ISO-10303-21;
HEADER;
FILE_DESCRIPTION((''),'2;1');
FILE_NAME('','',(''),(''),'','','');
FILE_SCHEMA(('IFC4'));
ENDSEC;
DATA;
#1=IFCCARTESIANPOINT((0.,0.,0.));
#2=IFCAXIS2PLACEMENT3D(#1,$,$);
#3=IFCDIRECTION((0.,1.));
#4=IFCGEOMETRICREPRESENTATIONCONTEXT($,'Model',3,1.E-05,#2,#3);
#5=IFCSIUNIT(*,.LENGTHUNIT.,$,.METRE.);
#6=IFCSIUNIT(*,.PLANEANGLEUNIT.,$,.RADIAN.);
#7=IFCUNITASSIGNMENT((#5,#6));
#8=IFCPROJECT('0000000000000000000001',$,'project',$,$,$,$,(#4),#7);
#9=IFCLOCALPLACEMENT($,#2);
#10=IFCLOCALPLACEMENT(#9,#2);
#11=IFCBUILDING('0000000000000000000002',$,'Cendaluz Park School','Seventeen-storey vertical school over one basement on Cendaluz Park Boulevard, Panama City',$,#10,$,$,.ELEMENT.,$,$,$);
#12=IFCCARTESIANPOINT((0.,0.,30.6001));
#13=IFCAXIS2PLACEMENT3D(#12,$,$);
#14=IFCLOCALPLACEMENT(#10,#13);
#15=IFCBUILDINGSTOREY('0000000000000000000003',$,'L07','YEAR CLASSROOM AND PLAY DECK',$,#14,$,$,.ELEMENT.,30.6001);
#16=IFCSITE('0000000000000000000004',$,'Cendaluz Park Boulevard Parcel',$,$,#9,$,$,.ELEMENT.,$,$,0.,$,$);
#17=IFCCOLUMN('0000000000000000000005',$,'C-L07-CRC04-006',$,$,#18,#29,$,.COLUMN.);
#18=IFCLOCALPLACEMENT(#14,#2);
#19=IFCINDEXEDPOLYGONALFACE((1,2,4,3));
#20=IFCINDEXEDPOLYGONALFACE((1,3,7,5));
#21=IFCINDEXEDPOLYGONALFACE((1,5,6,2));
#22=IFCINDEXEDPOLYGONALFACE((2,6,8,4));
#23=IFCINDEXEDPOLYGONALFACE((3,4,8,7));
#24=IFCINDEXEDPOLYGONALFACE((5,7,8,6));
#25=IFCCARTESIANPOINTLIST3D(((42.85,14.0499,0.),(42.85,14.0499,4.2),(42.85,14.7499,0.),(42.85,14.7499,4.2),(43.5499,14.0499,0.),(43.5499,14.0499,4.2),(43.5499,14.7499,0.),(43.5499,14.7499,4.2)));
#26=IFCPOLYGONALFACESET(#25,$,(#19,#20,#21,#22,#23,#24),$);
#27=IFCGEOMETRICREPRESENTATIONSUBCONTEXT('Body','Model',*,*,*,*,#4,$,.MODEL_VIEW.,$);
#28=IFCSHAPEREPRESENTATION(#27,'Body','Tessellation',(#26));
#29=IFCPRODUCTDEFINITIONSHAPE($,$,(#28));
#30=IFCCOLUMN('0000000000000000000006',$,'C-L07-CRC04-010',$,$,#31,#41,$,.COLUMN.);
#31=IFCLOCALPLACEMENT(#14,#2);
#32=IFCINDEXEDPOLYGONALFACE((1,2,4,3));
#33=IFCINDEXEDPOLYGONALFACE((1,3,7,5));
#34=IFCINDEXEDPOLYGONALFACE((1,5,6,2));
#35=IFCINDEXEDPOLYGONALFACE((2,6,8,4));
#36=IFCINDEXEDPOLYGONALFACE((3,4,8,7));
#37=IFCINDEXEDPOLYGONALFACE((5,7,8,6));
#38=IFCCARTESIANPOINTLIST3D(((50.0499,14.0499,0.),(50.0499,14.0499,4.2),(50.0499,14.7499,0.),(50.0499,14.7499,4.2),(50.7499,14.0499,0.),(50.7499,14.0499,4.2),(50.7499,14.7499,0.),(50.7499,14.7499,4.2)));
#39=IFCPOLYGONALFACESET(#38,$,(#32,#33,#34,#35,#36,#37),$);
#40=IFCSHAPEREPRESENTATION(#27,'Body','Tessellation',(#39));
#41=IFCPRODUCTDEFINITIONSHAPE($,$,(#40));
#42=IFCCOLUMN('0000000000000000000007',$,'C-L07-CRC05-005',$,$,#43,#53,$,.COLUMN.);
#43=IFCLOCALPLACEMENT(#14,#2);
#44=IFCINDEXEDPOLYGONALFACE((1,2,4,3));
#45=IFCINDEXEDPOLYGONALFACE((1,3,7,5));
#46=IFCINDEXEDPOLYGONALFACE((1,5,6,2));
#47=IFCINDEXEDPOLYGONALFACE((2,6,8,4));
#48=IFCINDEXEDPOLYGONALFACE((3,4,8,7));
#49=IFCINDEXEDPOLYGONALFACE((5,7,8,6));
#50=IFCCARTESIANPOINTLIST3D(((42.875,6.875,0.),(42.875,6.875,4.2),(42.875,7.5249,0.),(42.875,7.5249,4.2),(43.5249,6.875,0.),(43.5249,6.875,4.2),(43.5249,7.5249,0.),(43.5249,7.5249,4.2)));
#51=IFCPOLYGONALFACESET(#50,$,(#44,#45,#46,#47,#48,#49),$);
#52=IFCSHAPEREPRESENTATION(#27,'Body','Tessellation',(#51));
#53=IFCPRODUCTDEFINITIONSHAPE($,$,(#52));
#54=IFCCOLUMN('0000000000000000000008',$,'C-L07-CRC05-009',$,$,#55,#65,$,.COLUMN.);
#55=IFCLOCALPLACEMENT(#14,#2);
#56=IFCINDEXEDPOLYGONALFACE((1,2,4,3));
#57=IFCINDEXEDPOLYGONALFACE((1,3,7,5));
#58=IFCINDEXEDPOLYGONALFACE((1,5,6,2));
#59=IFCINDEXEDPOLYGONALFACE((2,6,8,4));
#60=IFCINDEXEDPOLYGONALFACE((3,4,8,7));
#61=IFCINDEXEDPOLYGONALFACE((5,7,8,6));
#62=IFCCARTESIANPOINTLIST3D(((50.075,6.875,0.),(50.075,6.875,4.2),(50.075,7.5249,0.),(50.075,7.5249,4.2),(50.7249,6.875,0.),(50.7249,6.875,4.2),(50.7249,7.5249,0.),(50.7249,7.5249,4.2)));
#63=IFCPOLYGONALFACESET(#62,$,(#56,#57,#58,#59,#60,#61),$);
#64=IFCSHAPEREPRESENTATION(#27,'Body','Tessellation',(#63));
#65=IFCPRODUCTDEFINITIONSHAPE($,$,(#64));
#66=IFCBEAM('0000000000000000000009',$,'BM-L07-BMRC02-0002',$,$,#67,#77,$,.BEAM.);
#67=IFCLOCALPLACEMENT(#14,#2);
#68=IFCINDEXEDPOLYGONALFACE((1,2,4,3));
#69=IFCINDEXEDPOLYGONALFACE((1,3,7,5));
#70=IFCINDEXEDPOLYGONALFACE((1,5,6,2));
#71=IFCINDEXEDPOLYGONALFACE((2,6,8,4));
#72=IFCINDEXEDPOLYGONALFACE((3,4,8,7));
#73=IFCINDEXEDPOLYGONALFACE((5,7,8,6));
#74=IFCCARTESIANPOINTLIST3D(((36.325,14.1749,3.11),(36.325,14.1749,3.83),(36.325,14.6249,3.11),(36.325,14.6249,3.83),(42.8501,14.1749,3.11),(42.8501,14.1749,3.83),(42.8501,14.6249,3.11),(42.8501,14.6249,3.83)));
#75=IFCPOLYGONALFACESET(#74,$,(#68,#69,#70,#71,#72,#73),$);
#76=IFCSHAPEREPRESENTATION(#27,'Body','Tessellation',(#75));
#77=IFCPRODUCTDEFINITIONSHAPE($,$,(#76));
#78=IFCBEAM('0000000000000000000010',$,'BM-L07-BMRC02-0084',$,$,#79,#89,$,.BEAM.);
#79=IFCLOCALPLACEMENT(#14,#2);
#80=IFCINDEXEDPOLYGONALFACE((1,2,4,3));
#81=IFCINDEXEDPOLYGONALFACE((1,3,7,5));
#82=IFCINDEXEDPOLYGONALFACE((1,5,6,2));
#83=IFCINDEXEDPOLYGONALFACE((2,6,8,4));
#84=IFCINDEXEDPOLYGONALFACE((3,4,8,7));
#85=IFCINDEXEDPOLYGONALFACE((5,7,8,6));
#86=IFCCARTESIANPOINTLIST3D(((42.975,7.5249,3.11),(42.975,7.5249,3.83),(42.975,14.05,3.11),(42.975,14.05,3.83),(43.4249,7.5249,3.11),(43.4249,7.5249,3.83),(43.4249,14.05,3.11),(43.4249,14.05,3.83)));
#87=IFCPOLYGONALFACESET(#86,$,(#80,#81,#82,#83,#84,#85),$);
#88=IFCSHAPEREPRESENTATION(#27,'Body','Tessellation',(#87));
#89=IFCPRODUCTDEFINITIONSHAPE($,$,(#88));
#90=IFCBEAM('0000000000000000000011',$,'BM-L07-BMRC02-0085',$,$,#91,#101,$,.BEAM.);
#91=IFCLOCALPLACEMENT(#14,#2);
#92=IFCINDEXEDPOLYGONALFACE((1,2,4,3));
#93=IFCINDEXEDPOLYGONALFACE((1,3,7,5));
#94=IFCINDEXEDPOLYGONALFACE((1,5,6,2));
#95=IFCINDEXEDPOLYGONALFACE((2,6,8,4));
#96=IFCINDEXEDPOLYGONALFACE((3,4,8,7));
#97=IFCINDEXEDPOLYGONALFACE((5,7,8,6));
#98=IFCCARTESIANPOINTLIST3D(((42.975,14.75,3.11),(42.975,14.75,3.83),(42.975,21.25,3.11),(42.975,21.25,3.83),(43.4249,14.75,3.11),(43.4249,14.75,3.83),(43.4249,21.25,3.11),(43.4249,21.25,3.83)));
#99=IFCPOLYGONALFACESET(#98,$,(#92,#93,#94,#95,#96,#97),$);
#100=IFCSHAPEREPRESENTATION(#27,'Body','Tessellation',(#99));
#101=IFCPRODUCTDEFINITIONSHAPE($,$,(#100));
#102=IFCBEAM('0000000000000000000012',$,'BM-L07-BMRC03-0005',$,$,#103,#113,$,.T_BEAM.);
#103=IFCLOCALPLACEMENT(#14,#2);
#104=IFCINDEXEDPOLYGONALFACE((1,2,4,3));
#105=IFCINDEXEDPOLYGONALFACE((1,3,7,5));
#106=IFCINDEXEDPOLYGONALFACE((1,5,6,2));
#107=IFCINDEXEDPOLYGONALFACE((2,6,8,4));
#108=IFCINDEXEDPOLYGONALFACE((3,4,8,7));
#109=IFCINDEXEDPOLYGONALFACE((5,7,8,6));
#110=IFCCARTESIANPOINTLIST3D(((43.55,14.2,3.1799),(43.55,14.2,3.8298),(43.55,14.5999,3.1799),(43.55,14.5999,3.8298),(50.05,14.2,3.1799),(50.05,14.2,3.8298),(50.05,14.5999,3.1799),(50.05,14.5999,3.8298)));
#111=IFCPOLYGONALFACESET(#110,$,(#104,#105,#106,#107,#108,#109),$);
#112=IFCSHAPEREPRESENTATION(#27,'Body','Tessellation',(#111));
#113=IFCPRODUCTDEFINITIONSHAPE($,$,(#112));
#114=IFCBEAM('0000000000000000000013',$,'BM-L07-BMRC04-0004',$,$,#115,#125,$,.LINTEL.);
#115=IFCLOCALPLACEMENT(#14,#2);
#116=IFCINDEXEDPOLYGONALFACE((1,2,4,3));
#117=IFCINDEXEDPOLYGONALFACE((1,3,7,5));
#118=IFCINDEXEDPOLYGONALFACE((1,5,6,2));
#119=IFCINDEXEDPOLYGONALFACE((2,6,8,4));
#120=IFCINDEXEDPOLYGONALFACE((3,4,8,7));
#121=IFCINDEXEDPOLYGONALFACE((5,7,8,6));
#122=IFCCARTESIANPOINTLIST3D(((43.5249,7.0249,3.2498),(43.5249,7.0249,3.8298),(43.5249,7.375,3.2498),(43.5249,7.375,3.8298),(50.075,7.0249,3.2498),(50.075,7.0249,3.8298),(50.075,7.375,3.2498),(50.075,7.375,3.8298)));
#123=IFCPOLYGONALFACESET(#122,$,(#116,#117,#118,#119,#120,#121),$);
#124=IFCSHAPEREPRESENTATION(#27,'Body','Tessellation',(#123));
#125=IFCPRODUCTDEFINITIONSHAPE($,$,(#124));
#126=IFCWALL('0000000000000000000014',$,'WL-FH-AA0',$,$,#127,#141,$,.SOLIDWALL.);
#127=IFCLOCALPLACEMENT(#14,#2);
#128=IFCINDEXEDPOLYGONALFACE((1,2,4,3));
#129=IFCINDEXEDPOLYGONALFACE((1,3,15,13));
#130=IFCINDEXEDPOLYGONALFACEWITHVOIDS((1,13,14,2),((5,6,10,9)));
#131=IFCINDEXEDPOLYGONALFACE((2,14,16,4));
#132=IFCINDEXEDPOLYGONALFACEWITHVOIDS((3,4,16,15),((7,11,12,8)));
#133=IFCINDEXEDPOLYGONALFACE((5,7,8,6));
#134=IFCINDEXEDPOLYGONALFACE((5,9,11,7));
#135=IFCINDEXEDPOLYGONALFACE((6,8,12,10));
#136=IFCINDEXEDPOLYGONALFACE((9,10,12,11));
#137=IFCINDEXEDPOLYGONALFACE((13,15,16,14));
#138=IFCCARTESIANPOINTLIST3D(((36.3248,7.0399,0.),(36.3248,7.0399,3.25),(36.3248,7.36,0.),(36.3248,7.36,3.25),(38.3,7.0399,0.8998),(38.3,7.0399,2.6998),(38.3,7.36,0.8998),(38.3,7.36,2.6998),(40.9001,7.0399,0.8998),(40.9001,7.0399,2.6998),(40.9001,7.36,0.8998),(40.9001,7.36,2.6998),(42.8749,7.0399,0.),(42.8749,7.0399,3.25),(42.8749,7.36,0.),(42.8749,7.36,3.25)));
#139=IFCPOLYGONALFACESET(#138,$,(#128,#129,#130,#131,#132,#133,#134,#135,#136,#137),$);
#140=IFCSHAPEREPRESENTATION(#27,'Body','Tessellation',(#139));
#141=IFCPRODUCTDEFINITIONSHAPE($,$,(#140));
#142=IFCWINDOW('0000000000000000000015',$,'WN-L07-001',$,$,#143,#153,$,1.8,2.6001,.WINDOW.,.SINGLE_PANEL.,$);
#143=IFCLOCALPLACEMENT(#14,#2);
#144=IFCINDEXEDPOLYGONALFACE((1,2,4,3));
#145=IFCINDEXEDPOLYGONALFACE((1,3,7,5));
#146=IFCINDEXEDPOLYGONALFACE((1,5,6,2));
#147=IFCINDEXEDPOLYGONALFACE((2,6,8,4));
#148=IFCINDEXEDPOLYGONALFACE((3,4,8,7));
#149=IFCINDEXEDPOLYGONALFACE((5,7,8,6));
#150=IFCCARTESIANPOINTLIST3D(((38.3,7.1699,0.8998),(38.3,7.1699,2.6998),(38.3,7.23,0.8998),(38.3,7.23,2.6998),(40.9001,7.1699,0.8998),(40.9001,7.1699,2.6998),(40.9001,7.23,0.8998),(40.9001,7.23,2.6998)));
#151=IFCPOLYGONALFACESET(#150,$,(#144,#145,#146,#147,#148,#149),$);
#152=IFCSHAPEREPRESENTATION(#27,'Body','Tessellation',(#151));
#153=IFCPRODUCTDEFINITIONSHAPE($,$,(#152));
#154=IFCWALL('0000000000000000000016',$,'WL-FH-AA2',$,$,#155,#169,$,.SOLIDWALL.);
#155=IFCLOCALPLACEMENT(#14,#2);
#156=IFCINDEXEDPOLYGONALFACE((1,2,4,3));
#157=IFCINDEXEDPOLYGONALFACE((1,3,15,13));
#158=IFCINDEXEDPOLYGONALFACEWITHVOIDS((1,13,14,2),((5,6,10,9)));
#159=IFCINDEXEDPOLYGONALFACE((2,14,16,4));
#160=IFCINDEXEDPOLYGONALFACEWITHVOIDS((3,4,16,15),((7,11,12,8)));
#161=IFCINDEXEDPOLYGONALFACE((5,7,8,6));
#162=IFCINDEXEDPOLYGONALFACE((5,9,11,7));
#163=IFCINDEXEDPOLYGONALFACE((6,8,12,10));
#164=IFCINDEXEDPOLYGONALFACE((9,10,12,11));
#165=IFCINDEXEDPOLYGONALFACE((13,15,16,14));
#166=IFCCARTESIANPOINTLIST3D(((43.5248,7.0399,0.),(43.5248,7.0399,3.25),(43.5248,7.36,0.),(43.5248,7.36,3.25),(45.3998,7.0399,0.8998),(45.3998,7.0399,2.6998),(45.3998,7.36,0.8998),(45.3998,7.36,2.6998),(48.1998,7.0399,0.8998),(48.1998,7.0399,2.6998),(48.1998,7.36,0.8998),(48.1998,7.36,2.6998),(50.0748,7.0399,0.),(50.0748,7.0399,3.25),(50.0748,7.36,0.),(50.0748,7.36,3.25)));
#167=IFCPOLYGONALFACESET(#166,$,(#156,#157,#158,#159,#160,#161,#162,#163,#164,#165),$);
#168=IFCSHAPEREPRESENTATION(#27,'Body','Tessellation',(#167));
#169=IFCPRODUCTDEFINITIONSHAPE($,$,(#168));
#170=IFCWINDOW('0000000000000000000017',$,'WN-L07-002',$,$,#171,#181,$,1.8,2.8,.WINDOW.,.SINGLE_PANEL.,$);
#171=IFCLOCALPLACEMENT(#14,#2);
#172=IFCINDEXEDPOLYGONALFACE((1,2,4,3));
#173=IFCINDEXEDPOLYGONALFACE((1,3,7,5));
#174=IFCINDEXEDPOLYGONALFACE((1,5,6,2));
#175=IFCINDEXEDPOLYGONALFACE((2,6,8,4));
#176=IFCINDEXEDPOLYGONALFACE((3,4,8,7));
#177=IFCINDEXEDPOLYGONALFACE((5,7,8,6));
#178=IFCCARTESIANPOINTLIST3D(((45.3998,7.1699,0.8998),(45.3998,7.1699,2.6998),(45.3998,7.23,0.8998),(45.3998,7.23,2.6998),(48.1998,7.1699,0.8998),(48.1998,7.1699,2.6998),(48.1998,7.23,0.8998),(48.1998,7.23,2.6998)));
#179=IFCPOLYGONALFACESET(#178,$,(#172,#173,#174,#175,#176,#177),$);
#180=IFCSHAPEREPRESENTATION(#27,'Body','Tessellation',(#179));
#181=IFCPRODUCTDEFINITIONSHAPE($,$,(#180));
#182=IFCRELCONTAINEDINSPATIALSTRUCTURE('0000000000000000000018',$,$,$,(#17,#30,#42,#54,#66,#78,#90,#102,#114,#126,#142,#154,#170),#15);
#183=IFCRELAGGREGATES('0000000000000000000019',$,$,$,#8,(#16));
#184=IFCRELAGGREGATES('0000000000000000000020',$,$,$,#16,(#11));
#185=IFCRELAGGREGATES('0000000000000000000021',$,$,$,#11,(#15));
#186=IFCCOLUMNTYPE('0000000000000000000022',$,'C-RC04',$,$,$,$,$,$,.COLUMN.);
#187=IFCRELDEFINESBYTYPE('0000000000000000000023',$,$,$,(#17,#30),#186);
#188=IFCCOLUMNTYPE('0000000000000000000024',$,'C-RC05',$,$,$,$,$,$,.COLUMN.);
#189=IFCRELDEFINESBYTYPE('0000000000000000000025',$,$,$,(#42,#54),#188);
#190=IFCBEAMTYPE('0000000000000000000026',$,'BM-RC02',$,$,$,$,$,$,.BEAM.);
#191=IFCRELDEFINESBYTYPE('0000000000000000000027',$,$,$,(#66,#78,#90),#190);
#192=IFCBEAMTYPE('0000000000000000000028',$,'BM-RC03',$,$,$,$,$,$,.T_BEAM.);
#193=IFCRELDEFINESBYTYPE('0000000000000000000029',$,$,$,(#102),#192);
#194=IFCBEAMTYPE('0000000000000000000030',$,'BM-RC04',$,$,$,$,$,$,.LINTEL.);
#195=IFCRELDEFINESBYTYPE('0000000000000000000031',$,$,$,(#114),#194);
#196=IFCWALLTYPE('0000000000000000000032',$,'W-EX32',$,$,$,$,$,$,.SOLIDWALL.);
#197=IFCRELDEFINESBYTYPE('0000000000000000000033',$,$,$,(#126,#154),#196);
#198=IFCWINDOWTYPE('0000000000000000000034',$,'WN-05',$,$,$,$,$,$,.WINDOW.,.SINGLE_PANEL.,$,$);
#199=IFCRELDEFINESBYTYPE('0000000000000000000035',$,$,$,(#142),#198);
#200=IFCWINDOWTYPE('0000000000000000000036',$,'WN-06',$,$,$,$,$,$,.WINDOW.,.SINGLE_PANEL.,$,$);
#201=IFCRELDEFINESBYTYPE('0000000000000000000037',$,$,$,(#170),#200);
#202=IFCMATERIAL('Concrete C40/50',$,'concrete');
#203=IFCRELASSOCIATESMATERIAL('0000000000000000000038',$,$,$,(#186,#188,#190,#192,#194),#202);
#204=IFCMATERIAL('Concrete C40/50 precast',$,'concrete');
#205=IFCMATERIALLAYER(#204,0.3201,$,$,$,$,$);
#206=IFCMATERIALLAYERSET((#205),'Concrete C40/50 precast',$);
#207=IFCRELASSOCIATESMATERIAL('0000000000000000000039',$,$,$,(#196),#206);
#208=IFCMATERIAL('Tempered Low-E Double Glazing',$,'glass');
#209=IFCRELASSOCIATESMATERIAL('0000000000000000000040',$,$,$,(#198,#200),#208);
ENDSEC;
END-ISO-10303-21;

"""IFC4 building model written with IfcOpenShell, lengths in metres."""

from ifc_helpers import new_model, si_unit, direction, frame, frame_2d, origin, origin_2d, place, context, subcontext, project, spatial, rectangle, extrude, material, layer, layer_set, material_profile, profile_set, type_object, element, fill, save


model = new_model("IFC4")

# Units and contexts
model_context = context("Model", 3, precision=1e-05, world=origin(), true_north=direction((0.0, 1.0)))
body_context = subcontext(model_context, "Body", "Model", "MODEL_VIEW")
ifc_project = project(units=[si_unit("LENGTHUNIT", "METRE"), si_unit("PLANEANGLEUNIT", "RADIAN")], contexts=[model_context])

# Site, building, storey
site_placement = place(None, origin())
site = spatial("IfcSite", under=ifc_project, at=site_placement, Name="Cendaluz Park Boulevard Parcel", CompositionType="ELEMENT", RefElevation=0.0)
building_placement = place(site_placement, origin())
building = spatial("IfcBuilding", under=site, at=building_placement, Name="Cendaluz Park School", Description="Seventeen-storey vertical school over one basement on Cendaluz Park Boulevard, Panama City", CompositionType="ELEMENT")
storey_placement = place(building_placement, frame((0.0, 0.0, 30.6001)))
storey = spatial("IfcBuildingStorey", under=building, at=storey_placement, Name="L07", Description="YEAR CLASSROOM AND PLAY DECK", CompositionType="ELEMENT", Elevation=30.6001)

# Columns
ifc_material_1 = material(Name="Concrete C40/50", Category="concrete")
ifc_material_profile_1 = material_profile(ifc_material_1, rectangle(XDim=0.7, YDim=0.7, at=origin_2d()), Name="RC 700x700", Category="concrete")
ifc_profile_set_1 = profile_set([ifc_material_profile_1], Name="Concrete C40/50")
column_type_1 = type_object("IfcColumnType", Name="C-RC04", PredefinedType="COLUMN", material=ifc_profile_set_1)
for number, where, z_axis, x_axis, name in (
    (1, (43.2, 14.3999, 0.0), (0.0, 0.0, 1.0), (1.0, 0.0, 0.0), "C-L07-CRC04-006"),
    (2, (50.3999, 14.3999, 0.0), (0.0, 0.0, 1.0), (1.0, 0.0, 0.0), "C-L07-CRC04-010"),
):
    element("IfcColumn", number, at=place(storey_placement, frame(where, z_axis=z_axis, x_axis=x_axis)), inside=storey, type_object=column_type_1, Name=name, PredefinedType="COLUMN", context=body_context, shape_type="SweptSolid", body=[
        extrude(rectangle(XDim=0.7, YDim=0.7, at=origin_2d()), origin(), (0.0, 0.0, 1.0), 4.2),
    ])
ifc_material_profile_2 = material_profile(ifc_material_1, rectangle(XDim=0.6499, YDim=0.6499, at=origin_2d()), Name="RC 650x650", Category="concrete")
ifc_profile_set_2 = profile_set([ifc_material_profile_2], Name="Concrete C40/50")
column_type_2 = type_object("IfcColumnType", Name="C-RC05", PredefinedType="COLUMN", material=ifc_profile_set_2)
for number, where, z_axis, x_axis, name in (
    (3, (43.2, 7.2, 0.0), (0.0, 0.0, 1.0), (1.0, 0.0, 0.0), "C-L07-CRC05-005"),
    (4, (50.3999, 7.2, 0.0), (0.0, 0.0, 1.0), (1.0, 0.0, 0.0), "C-L07-CRC05-009"),
):
    element("IfcColumn", number, at=place(storey_placement, frame(where, z_axis=z_axis, x_axis=x_axis)), inside=storey, type_object=column_type_2, Name=name, PredefinedType="COLUMN", context=body_context, shape_type="SweptSolid", body=[
        extrude(rectangle(XDim=0.6499, YDim=0.6499, at=origin_2d()), origin(), (0.0, 0.0, 1.0), 4.2),
    ])

# Beams
ifc_material_profile_3 = material_profile(ifc_material_1, rectangle(XDim=0.45, YDim=0.72, at=origin_2d()), Name="RC 450x720", Category="concrete")
ifc_profile_set_3 = profile_set([ifc_material_profile_3], Name="Concrete C40/50")
beam_type_1 = type_object("IfcBeamType", Name="BM-RC02", PredefinedType="BEAM", material=ifc_profile_set_3)
for number, where, z_axis, x_axis, name in (
    (5, (36.325, 14.3999, 3.47), (1.0, 0.0, 0.0), (0.0, 1.0, 0.0), "BM-L07-BMRC02-0002"),
    (6, (43.2, 7.5249, 3.47), (0.0, 1.0, 0.0), (-1.0, 0.0, 0.0), "BM-L07-BMRC02-0084"),
):
    element("IfcBeam", number, at=place(storey_placement, frame(where, z_axis=z_axis, x_axis=x_axis)), inside=storey, type_object=beam_type_1, Name=name, PredefinedType="BEAM", context=body_context, shape_type="SweptSolid", body=[
        extrude(rectangle(XDim=0.45, YDim=0.72, at=origin_2d()), origin(), (0.0, 0.0, 1.0), 6.5251),
    ])
beam_1_placement = place(storey_placement, frame((43.2, 14.75, 3.47), z_axis=(0.0, 1.0, 0.0), x_axis=(-1.0, 0.0, 0.0)))
element("IfcBeam", 7, at=beam_1_placement, inside=storey, type_object=beam_type_1, Name="BM-L07-BMRC02-0085", PredefinedType="BEAM", context=body_context, shape_type="SweptSolid", body=[
    extrude(rectangle(XDim=0.45, YDim=0.72, at=origin_2d()), origin(), (0.0, 0.0, 1.0), 6.5),
])
ifc_material_profile_4 = material_profile(ifc_material_1, rectangle(XDim=0.3999, YDim=0.6499, at=origin_2d()), Name="RC 400x650", Category="concrete")
ifc_profile_set_4 = profile_set([ifc_material_profile_4], Name="Concrete C40/50")
beam_type_2 = type_object("IfcBeamType", Name="BM-RC03", PredefinedType="T_BEAM", material=ifc_profile_set_4)
beam_2_placement = place(storey_placement, frame((43.55, 14.3999, 3.5049), z_axis=(1.0, 0.0, 0.0), x_axis=(0.0, 1.0, 0.0)))
element("IfcBeam", 8, at=beam_2_placement, inside=storey, type_object=beam_type_2, Name="BM-L07-BMRC03-0005", PredefinedType="T_BEAM", context=body_context, shape_type="SweptSolid", body=[
    extrude(rectangle(XDim=0.3999, YDim=0.6499, at=origin_2d()), origin(), (0.0, 0.0, 1.0), 6.5),
])
ifc_material_profile_5 = material_profile(ifc_material_1, rectangle(XDim=0.3501, YDim=0.5801, at=origin_2d()), Name="RC 350x580", Category="concrete")
ifc_profile_set_5 = profile_set([ifc_material_profile_5], Name="Concrete C40/50")
beam_type_3 = type_object("IfcBeamType", Name="BM-RC04", PredefinedType="LINTEL", material=ifc_profile_set_5)
beam_3_placement = place(storey_placement, frame((43.5249, 7.2, 3.5398), z_axis=(1.0, 0.0, 0.0), x_axis=(0.0, 1.0, 0.0)))
element("IfcBeam", 9, at=beam_3_placement, inside=storey, type_object=beam_type_3, Name="BM-L07-BMRC04-0004", PredefinedType="LINTEL", context=body_context, shape_type="SweptSolid", body=[
    extrude(rectangle(XDim=0.3501, YDim=0.5801, at=origin_2d()), origin(), (0.0, 0.0, 1.0), 6.55),
])

# Walls, openings, windows
ifc_material_2 = material(Name="Concrete C40/50 precast", Category="concrete")
ifc_layer_1 = layer(ifc_material_2, 0.3201)
ifc_layer_set_1 = layer_set([ifc_layer_1], Name="Concrete C40/50 precast")
wall_type_1 = type_object("IfcWallType", Name="W-EX32", PredefinedType="SOLIDWALL", material=ifc_layer_set_1)
wall_1_placement = place(storey_placement, frame((36.325, 7.2, 0.0), z_axis=(0.0, 0.0, 1.0), x_axis=(1.0, 0.0, 0.0)))
wall_1 = element("IfcWall", 10, at=wall_1_placement, inside=storey, type_object=wall_type_1, Name="WL-FH-AA0", PredefinedType="SOLIDWALL", context=body_context, shape_type="SweptSolid", body=[
    extrude(rectangle(XDim=6.55, YDim=0.3201, at=frame_2d((3.2749, 0.0))), origin(), (0.0, 0.0, 1.0), 3.25),
])
opening_1_placement = place(wall_1_placement, frame((1.9751, 0.0, 0.8999)))
opening_1 = element("IfcOpeningElement", 11, at=opening_1_placement, cuts=wall_1, PredefinedType="OPENING", context=body_context, shape_type="SweptSolid", body=[
    extrude(rectangle(XDim=2.6001, YDim=1.8, at=frame_2d((1.3, 0.8999))), frame((0.0, 0.1721, 0.0), z_axis=(0.0, -1.0, 0.0), x_axis=(1.0, 0.0, 0.0)), (0.0, 0.0, 1.0), 0.344),
])
ifc_material_3 = material(Name="Tempered Low-E Double Glazing", Category="glass")
window_type_1 = type_object("IfcWindowType", Name="WN-05", PartitioningType="SINGLE_PANEL", PredefinedType="WINDOW", material=ifc_material_3)
window_1_placement = place(opening_1_placement, origin())
window_1 = element("IfcWindow", 12, at=window_1_placement, inside=storey, type_object=window_type_1, Name="WN-L07-001", OverallHeight=1.8, OverallWidth=2.6001, PartitioningType="SINGLE_PANEL", PredefinedType="WINDOW", context=body_context, shape_type="SweptSolid", body=[
    extrude(rectangle(XDim=2.6001, YDim=1.8, at=frame_2d((1.3, 0.8999))), frame((0.0, 0.03, 0.0), z_axis=(0.0, -1.0, 0.0), x_axis=(1.0, 0.0, 0.0)), (0.0, 0.0, 1.0), 0.0601),
])
fill(opening_1, window_1)
wall_2_placement = place(storey_placement, frame((43.5249, 7.2, 0.0), z_axis=(0.0, 0.0, 1.0), x_axis=(1.0, 0.0, 0.0)))
wall_2 = element("IfcWall", 13, at=wall_2_placement, inside=storey, type_object=wall_type_1, Name="WL-FH-AA2", PredefinedType="SOLIDWALL", context=body_context, shape_type="SweptSolid", body=[
    extrude(rectangle(XDim=6.55, YDim=0.3201, at=frame_2d((3.2749, 0.0))), origin(), (0.0, 0.0, 1.0), 3.25),
])
opening_2_placement = place(wall_2_placement, frame((1.875, 0.0, 0.8999)))
opening_2 = element("IfcOpeningElement", 14, at=opening_2_placement, cuts=wall_2, PredefinedType="OPENING", context=body_context, shape_type="SweptSolid", body=[
    extrude(rectangle(XDim=2.8, YDim=1.8, at=frame_2d((1.3999, 0.8999))), frame((0.0, 0.1721, 0.0), z_axis=(0.0, -1.0, 0.0), x_axis=(1.0, 0.0, 0.0)), (0.0, 0.0, 1.0), 0.344),
])
window_type_2 = type_object("IfcWindowType", Name="WN-06", PartitioningType="SINGLE_PANEL", PredefinedType="WINDOW", material=ifc_material_3)
window_2_placement = place(opening_2_placement, origin())
window_2 = element("IfcWindow", 15, at=window_2_placement, inside=storey, type_object=window_type_2, Name="WN-L07-002", OverallHeight=1.8, OverallWidth=2.8, PartitioningType="SINGLE_PANEL", PredefinedType="WINDOW", context=body_context, shape_type="SweptSolid", body=[
    extrude(rectangle(XDim=2.8, YDim=1.8, at=frame_2d((1.3999, 0.8999))), frame((0.0, 0.03, 0.0), z_axis=(0.0, -1.0, 0.0), x_axis=(1.0, 0.0, 0.0)), (0.0, 0.0, 1.0), 0.0601),
])
fill(opening_2, window_2)

save(model, "model.ifc")
